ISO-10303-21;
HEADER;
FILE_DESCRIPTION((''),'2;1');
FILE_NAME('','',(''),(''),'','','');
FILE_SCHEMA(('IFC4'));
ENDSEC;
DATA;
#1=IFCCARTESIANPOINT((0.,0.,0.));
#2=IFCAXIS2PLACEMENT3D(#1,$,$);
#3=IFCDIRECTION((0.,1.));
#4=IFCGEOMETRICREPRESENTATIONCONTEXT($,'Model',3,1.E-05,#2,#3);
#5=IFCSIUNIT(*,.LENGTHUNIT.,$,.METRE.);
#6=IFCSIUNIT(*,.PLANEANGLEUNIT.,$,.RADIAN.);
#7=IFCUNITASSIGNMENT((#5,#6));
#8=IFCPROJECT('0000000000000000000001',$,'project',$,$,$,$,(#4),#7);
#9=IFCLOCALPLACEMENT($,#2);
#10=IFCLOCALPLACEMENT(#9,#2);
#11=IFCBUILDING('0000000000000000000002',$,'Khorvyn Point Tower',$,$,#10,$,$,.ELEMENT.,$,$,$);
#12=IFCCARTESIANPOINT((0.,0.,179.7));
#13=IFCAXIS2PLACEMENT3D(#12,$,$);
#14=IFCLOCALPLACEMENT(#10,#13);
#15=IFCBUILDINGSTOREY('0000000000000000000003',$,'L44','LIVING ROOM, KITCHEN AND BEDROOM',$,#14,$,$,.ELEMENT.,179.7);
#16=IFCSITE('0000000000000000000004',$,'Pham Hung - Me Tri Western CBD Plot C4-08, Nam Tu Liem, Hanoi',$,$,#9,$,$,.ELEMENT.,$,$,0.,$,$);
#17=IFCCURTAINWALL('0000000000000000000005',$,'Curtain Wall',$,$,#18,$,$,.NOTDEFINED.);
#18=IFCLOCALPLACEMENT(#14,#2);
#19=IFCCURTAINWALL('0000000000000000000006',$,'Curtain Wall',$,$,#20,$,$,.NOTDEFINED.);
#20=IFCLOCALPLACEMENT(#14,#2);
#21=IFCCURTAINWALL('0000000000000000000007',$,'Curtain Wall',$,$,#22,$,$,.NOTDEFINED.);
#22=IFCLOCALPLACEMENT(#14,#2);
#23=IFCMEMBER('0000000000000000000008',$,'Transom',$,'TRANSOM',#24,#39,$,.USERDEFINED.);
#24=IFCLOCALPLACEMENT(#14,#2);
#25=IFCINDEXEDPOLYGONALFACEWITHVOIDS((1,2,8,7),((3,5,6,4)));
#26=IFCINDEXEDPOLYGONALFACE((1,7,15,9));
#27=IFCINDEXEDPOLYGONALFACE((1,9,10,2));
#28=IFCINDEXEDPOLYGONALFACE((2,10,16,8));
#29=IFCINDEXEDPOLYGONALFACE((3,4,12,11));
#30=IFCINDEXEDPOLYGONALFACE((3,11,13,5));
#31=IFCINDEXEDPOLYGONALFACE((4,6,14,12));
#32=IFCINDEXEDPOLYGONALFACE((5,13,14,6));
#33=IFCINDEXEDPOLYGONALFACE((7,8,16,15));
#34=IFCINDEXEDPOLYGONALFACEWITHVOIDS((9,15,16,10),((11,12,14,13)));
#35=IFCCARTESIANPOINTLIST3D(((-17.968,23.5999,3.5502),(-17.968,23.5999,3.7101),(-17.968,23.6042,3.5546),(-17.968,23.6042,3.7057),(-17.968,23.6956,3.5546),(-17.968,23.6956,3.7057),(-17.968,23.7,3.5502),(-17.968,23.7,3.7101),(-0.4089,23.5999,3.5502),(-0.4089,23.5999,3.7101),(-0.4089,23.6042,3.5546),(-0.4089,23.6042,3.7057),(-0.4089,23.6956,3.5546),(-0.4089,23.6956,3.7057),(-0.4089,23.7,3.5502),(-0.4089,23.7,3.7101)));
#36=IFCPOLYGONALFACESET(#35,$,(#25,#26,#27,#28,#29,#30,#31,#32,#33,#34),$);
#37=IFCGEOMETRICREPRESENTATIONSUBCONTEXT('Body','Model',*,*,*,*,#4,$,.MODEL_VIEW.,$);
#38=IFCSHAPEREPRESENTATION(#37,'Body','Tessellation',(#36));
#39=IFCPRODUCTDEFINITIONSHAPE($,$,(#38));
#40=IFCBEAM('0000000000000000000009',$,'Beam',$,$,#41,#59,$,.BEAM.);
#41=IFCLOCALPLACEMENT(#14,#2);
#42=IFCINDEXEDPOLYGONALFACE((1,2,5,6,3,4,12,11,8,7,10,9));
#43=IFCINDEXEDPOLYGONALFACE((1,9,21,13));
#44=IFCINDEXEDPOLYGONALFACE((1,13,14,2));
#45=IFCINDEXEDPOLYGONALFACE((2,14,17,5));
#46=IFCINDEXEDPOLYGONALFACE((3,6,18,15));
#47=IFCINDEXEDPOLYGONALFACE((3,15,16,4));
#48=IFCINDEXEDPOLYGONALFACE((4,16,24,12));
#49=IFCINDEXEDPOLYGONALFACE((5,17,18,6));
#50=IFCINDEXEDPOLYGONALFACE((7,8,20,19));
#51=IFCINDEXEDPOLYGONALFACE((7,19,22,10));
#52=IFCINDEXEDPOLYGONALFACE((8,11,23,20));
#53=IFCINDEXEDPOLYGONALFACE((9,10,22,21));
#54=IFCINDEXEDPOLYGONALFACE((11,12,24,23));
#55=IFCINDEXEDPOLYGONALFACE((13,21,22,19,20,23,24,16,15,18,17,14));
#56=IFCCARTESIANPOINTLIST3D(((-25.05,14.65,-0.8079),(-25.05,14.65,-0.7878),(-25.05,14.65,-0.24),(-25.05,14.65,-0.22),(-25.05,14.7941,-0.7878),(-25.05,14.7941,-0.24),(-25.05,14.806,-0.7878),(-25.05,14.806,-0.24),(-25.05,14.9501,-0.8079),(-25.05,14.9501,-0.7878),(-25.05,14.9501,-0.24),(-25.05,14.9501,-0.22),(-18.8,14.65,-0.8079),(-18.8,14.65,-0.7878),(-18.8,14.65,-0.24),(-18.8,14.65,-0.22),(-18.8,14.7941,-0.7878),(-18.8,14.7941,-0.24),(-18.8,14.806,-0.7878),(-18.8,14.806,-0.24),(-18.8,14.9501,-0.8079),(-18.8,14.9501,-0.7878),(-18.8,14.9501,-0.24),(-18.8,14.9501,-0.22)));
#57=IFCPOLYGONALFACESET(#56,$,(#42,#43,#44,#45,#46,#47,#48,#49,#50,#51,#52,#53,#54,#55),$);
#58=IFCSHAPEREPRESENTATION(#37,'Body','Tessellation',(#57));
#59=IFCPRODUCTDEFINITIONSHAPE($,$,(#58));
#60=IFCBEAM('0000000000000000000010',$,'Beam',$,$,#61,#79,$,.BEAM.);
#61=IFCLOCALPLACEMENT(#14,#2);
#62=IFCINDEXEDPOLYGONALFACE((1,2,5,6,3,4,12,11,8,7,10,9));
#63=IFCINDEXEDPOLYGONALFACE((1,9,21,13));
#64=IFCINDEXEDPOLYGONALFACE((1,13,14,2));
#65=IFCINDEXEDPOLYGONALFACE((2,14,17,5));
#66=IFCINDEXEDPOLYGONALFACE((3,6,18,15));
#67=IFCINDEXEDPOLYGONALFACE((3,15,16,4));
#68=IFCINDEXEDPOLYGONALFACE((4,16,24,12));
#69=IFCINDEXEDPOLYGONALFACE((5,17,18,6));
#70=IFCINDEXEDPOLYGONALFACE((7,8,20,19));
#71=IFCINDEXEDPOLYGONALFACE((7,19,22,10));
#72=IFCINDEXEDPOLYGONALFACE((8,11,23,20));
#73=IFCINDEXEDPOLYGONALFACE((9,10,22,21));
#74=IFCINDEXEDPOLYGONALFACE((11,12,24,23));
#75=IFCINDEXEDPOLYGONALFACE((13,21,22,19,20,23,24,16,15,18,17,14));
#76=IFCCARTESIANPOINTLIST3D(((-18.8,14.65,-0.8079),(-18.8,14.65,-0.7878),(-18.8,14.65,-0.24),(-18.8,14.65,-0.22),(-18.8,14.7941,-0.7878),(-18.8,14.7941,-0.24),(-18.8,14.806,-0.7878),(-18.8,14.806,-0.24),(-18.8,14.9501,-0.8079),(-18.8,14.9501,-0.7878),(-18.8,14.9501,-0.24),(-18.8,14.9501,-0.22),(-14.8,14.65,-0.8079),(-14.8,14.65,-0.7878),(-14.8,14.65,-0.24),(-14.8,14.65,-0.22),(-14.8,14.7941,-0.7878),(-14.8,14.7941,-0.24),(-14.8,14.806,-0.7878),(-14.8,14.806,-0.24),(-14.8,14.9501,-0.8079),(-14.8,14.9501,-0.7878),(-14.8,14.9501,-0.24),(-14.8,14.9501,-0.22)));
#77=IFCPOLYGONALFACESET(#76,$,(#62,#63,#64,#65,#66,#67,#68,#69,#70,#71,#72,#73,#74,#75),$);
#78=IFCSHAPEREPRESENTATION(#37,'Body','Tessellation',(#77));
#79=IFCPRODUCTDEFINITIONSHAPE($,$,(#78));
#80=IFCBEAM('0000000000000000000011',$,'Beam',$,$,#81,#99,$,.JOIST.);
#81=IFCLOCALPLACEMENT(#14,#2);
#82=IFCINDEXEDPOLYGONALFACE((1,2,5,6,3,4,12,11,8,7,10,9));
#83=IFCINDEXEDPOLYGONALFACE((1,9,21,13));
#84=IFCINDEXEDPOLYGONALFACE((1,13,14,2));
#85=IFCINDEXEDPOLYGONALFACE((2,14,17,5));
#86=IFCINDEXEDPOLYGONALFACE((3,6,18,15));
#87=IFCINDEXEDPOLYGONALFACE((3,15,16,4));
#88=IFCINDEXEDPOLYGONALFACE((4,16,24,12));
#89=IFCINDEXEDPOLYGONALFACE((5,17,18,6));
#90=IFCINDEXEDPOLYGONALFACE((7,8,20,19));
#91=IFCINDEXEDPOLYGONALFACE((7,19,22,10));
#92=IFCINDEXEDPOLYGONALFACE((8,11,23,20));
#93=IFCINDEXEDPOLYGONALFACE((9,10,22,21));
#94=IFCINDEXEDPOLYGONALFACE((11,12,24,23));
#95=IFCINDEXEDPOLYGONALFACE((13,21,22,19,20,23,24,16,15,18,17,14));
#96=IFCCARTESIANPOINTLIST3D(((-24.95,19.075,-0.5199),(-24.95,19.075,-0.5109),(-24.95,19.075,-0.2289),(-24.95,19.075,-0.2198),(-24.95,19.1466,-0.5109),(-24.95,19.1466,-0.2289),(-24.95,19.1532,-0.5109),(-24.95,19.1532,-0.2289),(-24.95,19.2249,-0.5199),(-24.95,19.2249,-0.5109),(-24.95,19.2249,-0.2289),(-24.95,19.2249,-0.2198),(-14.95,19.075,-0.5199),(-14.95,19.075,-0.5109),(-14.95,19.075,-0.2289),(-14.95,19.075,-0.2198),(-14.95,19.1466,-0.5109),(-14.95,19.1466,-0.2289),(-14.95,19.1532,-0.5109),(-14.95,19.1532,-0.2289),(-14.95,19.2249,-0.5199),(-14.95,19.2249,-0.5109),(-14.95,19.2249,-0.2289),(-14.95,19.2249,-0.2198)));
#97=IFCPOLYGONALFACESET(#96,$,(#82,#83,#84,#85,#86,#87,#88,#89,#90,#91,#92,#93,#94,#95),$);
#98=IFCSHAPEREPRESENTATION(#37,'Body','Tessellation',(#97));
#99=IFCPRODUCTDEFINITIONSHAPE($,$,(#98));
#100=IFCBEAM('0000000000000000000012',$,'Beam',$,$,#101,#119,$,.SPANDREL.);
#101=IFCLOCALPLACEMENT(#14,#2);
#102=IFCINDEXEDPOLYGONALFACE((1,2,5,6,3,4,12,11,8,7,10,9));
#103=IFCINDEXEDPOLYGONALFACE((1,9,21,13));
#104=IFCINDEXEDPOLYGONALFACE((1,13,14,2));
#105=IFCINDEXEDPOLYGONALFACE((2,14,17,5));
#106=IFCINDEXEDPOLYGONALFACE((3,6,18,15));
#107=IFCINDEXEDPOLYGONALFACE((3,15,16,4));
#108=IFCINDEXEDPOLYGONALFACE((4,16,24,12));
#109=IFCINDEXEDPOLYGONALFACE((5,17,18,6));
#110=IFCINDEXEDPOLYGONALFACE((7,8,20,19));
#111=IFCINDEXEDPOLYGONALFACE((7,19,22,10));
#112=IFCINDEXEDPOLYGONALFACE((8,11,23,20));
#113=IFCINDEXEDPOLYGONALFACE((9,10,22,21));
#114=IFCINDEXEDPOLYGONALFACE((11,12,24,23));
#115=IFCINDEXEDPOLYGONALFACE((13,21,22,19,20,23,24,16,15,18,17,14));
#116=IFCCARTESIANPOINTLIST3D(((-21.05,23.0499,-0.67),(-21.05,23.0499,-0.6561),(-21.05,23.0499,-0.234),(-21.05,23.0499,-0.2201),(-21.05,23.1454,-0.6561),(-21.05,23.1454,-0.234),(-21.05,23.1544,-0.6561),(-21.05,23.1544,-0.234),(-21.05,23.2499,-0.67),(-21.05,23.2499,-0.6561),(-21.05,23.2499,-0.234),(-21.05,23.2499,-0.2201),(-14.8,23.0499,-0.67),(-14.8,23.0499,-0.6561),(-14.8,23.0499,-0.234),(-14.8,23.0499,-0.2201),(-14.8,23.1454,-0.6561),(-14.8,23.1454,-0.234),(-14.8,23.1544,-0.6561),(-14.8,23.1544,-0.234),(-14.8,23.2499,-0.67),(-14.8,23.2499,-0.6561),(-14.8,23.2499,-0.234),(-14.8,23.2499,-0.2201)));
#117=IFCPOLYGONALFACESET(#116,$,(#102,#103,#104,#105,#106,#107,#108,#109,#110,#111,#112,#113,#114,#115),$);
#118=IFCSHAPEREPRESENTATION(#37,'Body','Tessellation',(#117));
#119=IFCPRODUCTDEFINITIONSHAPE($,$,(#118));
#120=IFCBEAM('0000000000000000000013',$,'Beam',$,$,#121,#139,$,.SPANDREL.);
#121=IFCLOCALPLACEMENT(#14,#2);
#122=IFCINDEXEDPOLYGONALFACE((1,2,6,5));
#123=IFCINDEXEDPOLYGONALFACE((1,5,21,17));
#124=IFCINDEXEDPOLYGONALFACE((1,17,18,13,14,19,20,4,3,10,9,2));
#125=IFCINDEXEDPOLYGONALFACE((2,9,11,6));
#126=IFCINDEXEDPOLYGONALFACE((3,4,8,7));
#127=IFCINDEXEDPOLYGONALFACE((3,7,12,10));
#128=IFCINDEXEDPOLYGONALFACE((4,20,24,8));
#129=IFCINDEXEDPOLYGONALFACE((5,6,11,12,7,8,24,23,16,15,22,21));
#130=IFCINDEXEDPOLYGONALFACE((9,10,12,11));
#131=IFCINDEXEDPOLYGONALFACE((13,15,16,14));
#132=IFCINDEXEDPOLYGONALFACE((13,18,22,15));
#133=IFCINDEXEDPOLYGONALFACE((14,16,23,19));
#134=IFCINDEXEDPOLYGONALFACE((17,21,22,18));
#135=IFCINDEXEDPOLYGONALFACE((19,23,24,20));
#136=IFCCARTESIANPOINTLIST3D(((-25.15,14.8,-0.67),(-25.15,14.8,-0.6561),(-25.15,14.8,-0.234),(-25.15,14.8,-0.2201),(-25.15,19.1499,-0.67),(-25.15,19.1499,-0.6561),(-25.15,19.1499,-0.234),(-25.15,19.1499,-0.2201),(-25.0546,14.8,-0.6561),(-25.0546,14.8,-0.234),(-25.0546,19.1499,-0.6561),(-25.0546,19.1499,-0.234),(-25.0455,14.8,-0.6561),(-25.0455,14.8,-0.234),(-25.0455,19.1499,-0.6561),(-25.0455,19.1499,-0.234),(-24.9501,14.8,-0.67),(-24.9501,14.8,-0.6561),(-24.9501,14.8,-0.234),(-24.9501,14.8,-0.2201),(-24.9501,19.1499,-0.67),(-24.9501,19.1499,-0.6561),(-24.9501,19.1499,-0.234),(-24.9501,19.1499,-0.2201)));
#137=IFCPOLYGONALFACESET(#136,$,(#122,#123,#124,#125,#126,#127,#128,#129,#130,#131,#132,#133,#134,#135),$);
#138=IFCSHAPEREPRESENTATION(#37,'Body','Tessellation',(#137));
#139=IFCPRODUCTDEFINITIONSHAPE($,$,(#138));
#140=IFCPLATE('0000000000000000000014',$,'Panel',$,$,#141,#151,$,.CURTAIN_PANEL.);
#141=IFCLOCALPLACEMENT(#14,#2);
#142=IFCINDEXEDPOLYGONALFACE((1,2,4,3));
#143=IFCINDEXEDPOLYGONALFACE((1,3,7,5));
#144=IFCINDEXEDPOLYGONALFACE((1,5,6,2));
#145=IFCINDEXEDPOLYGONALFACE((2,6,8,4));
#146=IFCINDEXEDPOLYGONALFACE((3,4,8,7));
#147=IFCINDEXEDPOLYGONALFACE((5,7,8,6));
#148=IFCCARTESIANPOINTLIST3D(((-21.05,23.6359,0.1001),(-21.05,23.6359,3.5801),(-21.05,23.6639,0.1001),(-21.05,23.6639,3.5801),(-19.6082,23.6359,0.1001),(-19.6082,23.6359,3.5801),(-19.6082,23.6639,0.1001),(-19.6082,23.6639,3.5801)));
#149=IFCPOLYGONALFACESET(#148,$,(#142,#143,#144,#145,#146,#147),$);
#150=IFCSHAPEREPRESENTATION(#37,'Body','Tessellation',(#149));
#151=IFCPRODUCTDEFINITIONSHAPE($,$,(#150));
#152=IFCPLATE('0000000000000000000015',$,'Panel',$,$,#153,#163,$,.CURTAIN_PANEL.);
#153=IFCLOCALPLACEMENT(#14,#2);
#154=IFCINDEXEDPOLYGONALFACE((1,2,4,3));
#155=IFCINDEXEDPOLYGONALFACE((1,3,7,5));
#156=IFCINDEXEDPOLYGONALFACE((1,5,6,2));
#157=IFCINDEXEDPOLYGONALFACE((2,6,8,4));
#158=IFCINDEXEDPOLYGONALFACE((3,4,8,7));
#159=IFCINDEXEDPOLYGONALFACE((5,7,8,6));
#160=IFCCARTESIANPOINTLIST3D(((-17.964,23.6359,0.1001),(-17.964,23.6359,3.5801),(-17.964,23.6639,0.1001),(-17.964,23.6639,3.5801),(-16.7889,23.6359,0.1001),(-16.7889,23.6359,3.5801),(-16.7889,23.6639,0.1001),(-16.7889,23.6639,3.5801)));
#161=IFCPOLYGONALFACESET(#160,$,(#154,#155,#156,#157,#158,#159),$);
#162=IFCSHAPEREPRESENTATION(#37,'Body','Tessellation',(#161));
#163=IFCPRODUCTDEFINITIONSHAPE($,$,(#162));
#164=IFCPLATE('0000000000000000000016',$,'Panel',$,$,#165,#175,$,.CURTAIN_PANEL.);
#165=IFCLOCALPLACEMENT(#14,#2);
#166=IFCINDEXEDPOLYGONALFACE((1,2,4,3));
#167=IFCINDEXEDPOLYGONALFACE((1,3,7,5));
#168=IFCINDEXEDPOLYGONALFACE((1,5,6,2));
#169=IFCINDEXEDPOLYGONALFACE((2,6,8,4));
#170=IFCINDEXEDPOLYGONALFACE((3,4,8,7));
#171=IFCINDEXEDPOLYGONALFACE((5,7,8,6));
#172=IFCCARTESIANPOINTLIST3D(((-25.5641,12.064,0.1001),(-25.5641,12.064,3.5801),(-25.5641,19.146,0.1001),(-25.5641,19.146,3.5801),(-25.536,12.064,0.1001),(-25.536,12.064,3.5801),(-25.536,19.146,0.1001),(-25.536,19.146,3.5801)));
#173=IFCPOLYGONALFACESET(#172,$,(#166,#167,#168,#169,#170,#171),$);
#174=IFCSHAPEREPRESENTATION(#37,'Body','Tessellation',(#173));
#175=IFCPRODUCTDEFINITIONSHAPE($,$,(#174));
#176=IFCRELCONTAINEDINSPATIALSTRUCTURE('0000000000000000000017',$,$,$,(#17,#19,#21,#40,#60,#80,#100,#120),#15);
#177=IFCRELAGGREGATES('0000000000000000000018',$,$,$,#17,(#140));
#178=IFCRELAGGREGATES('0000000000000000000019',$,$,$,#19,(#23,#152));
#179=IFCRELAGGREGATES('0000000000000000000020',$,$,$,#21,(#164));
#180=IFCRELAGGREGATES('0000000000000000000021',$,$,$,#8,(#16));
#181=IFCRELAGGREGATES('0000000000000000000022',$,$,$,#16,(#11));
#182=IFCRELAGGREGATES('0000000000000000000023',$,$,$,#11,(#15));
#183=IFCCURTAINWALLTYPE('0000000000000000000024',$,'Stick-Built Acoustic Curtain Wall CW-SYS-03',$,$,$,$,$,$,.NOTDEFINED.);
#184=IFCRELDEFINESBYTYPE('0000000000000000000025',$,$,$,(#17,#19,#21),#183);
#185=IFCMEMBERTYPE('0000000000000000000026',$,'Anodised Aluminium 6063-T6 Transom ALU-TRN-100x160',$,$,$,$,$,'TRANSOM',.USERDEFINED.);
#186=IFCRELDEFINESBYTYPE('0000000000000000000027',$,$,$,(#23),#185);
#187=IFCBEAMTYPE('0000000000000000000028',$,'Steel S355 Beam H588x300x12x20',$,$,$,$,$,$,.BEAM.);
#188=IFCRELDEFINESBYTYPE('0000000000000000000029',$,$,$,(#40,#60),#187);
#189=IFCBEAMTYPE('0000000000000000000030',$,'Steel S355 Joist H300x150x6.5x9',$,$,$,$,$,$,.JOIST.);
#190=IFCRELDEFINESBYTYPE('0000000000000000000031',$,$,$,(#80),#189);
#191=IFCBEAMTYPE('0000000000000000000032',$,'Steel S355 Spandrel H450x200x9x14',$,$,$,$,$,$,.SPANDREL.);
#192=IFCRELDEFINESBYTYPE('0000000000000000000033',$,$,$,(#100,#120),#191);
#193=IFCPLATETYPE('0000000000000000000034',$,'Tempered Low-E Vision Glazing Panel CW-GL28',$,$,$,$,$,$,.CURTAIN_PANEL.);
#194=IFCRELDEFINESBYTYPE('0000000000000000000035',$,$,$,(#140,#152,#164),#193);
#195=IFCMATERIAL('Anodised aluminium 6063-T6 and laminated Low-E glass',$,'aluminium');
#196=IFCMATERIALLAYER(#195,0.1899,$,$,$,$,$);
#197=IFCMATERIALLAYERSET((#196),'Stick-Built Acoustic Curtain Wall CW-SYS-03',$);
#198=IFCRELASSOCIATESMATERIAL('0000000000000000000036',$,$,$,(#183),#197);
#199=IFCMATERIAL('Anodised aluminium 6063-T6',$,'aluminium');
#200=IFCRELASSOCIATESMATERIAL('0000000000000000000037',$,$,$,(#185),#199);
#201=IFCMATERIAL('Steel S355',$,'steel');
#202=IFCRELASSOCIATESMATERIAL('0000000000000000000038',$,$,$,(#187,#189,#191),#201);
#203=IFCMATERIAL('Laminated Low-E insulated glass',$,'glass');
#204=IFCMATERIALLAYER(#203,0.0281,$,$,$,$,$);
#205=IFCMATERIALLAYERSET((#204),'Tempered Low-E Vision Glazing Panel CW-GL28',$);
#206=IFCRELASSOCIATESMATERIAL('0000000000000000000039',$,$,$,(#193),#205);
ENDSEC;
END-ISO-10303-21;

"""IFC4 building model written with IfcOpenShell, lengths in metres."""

from ifc_helpers import new_model, si_unit, direction, frame, origin, origin_2d, place, context, subcontext, project, spatial, rectangle, hollow_rectangle, i_section, extrude, material, layer, layer_set, material_profile, profile_set, type_object, element, aggregate, save


model = new_model("IFC4")

# Units and contexts
model_context = context("Model", 3, precision=1e-05, world=origin(), true_north=direction((0.0, 1.0)))
body_context = subcontext(model_context, "Body", "Model", "MODEL_VIEW")
ifc_project = project(units=[si_unit("LENGTHUNIT", "METRE"), si_unit("PLANEANGLEUNIT", "RADIAN")], contexts=[model_context])

# Site, building, storey
site_placement = place(None, origin())
site = spatial("IfcSite", under=ifc_project, at=site_placement, Name="Pham Hung - Me Tri Western CBD Plot C4-08, Nam Tu Liem, Hanoi", CompositionType="ELEMENT", RefElevation=0.0)
building_placement = place(site_placement, origin())
building = spatial("IfcBuilding", under=site, at=building_placement, Name="Khorvyn Point Tower", CompositionType="ELEMENT")
storey_placement = place(building_placement, frame((0.0, 0.0, 179.7)))
storey = spatial("IfcBuildingStorey", under=building, at=storey_placement, Name="L44", Description="LIVING ROOM, KITCHEN AND BEDROOM", CompositionType="ELEMENT", Elevation=179.7)

# Curtain wall
ifc_material_1 = material(Name="Anodised aluminium 6063-T6 and laminated Low-E glass", Category="aluminium")
ifc_layer_1 = layer(ifc_material_1, 0.1899)
ifc_layer_set_1 = layer_set([ifc_layer_1], Name="Stick-Built Acoustic Curtain Wall CW-SYS-03")
curtain_wall_type = type_object("IfcCurtainWallType", Name="Stick-Built Acoustic Curtain Wall CW-SYS-03", PredefinedType="NOTDEFINED", material=ifc_layer_set_1)
curtain_wall_1_placement = place(storey_placement, origin())
curtain_wall_1 = element("IfcCurtainWall", 1, at=curtain_wall_1_placement, inside=storey, type_object=curtain_wall_type, Name="Curtain Wall", PredefinedType="NOTDEFINED")
ifc_material_2 = material(Name="Anodised aluminium 6063-T6", Category="aluminium")

# Curtain walls
curtain_wall_2_placement = place(storey_placement, origin())
curtain_wall_2 = element("IfcCurtainWall", 2, at=curtain_wall_2_placement, inside=storey, type_object=curtain_wall_type, Name="Curtain Wall", PredefinedType="NOTDEFINED")
curtain_wall_3_placement = place(storey_placement, origin())
curtain_wall_3 = element("IfcCurtainWall", 3, at=curtain_wall_3_placement, inside=storey, type_object=curtain_wall_type, Name="Curtain Wall", PredefinedType="NOTDEFINED")

# Member
ifc_material_profile_1 = material_profile(ifc_material_2, hollow_rectangle(XDim=0.1001, YDim=0.1599, WallThickness=0.0044, at=origin_2d()))
ifc_profile_set_1 = profile_set([ifc_material_profile_1], Name="Anodised aluminium 6063-T6 ALU-TRN-100x160")
member_type_1 = type_object("IfcMemberType", Name="Anodised Aluminium 6063-T6 Transom ALU-TRN-100x160", ElementType="TRANSOM", PredefinedType="USERDEFINED", material=ifc_profile_set_1)
member_1_placement = place(storey_placement, frame((-17.968, 23.6499, 3.6301), z_axis=(1.0, 0.0, 0.0), x_axis=(0.0, 1.0, 0.0)))
member_1 = element("IfcMember", 4, at=member_1_placement, type_object=member_type_1, Name="Transom", ObjectType="TRANSOM", PredefinedType="USERDEFINED", context=body_context, shape_type="SweptSolid", body=[
    extrude(hollow_rectangle(XDim=0.1001, YDim=0.1599, WallThickness=0.0044, at=origin_2d()), origin(), (0.0, 0.0, 1.0), 17.5591),
])

# Beams
ifc_material_3 = material(Name="Steel S355", Category="steel")
ifc_material_profile_2 = material_profile(ifc_material_3, i_section(OverallWidth=0.3, OverallDepth=0.5879, WebThickness=0.012, FlangeThickness=0.02, at=origin_2d()))
ifc_profile_set_2 = profile_set([ifc_material_profile_2], Name="Steel S355 H588x300x12x20")
beam_type_1 = type_object("IfcBeamType", Name="Steel S355 Beam H588x300x12x20", PredefinedType="BEAM", material=ifc_profile_set_2)
beam_1_placement = place(storey_placement, frame((-25.05, 14.8, -0.5139), z_axis=(1.0, 0.0, 0.0), x_axis=(0.0, 1.0, 0.0)))
element("IfcBeam", 5, at=beam_1_placement, inside=storey, type_object=beam_type_1, Name="Beam", PredefinedType="BEAM", context=body_context, shape_type="SweptSolid", body=[
    extrude(i_section(OverallWidth=0.3, OverallDepth=0.5879, WebThickness=0.012, FlangeThickness=0.02, at=origin_2d()), origin(), (0.0, 0.0, 1.0), 6.25),
])
beam_2_placement = place(storey_placement, frame((-18.8, 14.8, -0.5139), z_axis=(1.0, 0.0, 0.0), x_axis=(0.0, 1.0, 0.0)))
element("IfcBeam", 6, at=beam_2_placement, inside=storey, type_object=beam_type_1, Name="Beam", PredefinedType="BEAM", context=body_context, shape_type="SweptSolid", body=[
    extrude(i_section(OverallWidth=0.3, OverallDepth=0.5879, WebThickness=0.012, FlangeThickness=0.02, at=origin_2d()), origin(), (0.0, 0.0, 1.0), 4.0),
])
ifc_material_profile_3 = material_profile(ifc_material_3, i_section(OverallWidth=0.1499, OverallDepth=0.3, WebThickness=0.0066, FlangeThickness=0.009, at=origin_2d()))
ifc_profile_set_3 = profile_set([ifc_material_profile_3], Name="Steel S355 H300x150x6.5x9")
beam_type_2 = type_object("IfcBeamType", Name="Steel S355 Joist H300x150x6.5x9", PredefinedType="JOIST", material=ifc_profile_set_3)
beam_3_placement = place(storey_placement, frame((-24.95, 19.1499, -0.3699), z_axis=(1.0, 0.0, 0.0), x_axis=(0.0, 1.0, 0.0)))
element("IfcBeam", 7, at=beam_3_placement, inside=storey, type_object=beam_type_2, Name="Beam", PredefinedType="JOIST", context=body_context, shape_type="SweptSolid", body=[
    extrude(i_section(OverallWidth=0.1499, OverallDepth=0.3, WebThickness=0.0066, FlangeThickness=0.009, at=origin_2d()), origin(), (0.0, 0.0, 1.0), 10.0),
])
ifc_material_profile_4 = material_profile(ifc_material_3, i_section(OverallWidth=0.2, OverallDepth=0.45, WebThickness=0.009, FlangeThickness=0.0139, at=origin_2d()))
ifc_profile_set_4 = profile_set([ifc_material_profile_4], Name="Steel S355 H450x200x9x14")
beam_type_3 = type_object("IfcBeamType", Name="Steel S355 Spandrel H450x200x9x14", PredefinedType="SPANDREL", material=ifc_profile_set_4)
beam_4_placement = place(storey_placement, frame((-21.05, 23.1499, -0.4451), z_axis=(1.0, 0.0, 0.0), x_axis=(0.0, 1.0, 0.0)))
element("IfcBeam", 8, at=beam_4_placement, inside=storey, type_object=beam_type_3, Name="Beam", PredefinedType="SPANDREL", context=body_context, shape_type="SweptSolid", body=[
    extrude(i_section(OverallWidth=0.2, OverallDepth=0.45, WebThickness=0.009, FlangeThickness=0.0139, at=origin_2d()), origin(), (0.0, 0.0, 1.0), 6.25),
])
beam_5_placement = place(storey_placement, frame((-25.05, 14.8, -0.4451), z_axis=(0.0, 1.0, 0.0), x_axis=(-1.0, 0.0, 0.0)))
element("IfcBeam", 9, at=beam_5_placement, inside=storey, type_object=beam_type_3, Name="Beam", PredefinedType="SPANDREL", context=body_context, shape_type="SweptSolid", body=[
    extrude(i_section(OverallWidth=0.2, OverallDepth=0.45, WebThickness=0.009, FlangeThickness=0.0139, at=origin_2d()), origin(), (0.0, 0.0, 1.0), 4.3499),
])

# Plates
ifc_material_4 = material(Name="Laminated Low-E insulated glass", Category="glass")
ifc_layer_2 = layer(ifc_material_4, 0.0281)
ifc_layer_set_2 = layer_set([ifc_layer_2], Name="Tempered Low-E Vision Glazing Panel CW-GL28")
plate_type = type_object("IfcPlateType", Name="Tempered Low-E Vision Glazing Panel CW-GL28", PredefinedType="CURTAIN_PANEL", material=ifc_layer_set_2)
plate_1_placement = place(storey_placement, frame((-20.3291, 23.6499, 0.1001), z_axis=(0.0, 0.0, 1.0), x_axis=(1.0, 0.0, 0.0)))
plate_1 = element("IfcPlate", 10, at=plate_1_placement, type_object=plate_type, Name="Panel", PredefinedType="CURTAIN_PANEL", context=body_context, shape_type="SweptSolid", body=[
    extrude(rectangle(XDim=1.4419, YDim=0.0281, at=origin_2d()), origin(), (0.0, 0.0, 1.0), 3.48),
])
aggregate(curtain_wall_1, [plate_1])
plate_2_placement = place(storey_placement, frame((-17.3765, 23.6499, 0.1001), z_axis=(0.0, 0.0, 1.0), x_axis=(1.0, 0.0, 0.0)))
plate_2 = element("IfcPlate", 11, at=plate_2_placement, type_object=plate_type, Name="Panel", PredefinedType="CURTAIN_PANEL", context=body_context, shape_type="SweptSolid", body=[
    extrude(rectangle(XDim=1.175, YDim=0.0281, at=origin_2d()), origin(), (0.0, 0.0, 1.0), 3.48),
])
aggregate(curtain_wall_2, [member_1, plate_2])
plate_3_placement = place(storey_placement, frame((-25.55, 15.605, 0.1001), z_axis=(0.0, 0.0, 1.0), x_axis=(0.0, 1.0, 0.0)))
plate_3 = element("IfcPlate", 12, at=plate_3_placement, type_object=plate_type, Name="Panel", PredefinedType="CURTAIN_PANEL", context=body_context, shape_type="SweptSolid", body=[
    extrude(rectangle(XDim=7.082, YDim=0.0281, at=origin_2d()), origin(), (0.0, 0.0, 1.0), 3.48),
])
aggregate(curtain_wall_3, [plate_3])

save(model, "model.ifc")
